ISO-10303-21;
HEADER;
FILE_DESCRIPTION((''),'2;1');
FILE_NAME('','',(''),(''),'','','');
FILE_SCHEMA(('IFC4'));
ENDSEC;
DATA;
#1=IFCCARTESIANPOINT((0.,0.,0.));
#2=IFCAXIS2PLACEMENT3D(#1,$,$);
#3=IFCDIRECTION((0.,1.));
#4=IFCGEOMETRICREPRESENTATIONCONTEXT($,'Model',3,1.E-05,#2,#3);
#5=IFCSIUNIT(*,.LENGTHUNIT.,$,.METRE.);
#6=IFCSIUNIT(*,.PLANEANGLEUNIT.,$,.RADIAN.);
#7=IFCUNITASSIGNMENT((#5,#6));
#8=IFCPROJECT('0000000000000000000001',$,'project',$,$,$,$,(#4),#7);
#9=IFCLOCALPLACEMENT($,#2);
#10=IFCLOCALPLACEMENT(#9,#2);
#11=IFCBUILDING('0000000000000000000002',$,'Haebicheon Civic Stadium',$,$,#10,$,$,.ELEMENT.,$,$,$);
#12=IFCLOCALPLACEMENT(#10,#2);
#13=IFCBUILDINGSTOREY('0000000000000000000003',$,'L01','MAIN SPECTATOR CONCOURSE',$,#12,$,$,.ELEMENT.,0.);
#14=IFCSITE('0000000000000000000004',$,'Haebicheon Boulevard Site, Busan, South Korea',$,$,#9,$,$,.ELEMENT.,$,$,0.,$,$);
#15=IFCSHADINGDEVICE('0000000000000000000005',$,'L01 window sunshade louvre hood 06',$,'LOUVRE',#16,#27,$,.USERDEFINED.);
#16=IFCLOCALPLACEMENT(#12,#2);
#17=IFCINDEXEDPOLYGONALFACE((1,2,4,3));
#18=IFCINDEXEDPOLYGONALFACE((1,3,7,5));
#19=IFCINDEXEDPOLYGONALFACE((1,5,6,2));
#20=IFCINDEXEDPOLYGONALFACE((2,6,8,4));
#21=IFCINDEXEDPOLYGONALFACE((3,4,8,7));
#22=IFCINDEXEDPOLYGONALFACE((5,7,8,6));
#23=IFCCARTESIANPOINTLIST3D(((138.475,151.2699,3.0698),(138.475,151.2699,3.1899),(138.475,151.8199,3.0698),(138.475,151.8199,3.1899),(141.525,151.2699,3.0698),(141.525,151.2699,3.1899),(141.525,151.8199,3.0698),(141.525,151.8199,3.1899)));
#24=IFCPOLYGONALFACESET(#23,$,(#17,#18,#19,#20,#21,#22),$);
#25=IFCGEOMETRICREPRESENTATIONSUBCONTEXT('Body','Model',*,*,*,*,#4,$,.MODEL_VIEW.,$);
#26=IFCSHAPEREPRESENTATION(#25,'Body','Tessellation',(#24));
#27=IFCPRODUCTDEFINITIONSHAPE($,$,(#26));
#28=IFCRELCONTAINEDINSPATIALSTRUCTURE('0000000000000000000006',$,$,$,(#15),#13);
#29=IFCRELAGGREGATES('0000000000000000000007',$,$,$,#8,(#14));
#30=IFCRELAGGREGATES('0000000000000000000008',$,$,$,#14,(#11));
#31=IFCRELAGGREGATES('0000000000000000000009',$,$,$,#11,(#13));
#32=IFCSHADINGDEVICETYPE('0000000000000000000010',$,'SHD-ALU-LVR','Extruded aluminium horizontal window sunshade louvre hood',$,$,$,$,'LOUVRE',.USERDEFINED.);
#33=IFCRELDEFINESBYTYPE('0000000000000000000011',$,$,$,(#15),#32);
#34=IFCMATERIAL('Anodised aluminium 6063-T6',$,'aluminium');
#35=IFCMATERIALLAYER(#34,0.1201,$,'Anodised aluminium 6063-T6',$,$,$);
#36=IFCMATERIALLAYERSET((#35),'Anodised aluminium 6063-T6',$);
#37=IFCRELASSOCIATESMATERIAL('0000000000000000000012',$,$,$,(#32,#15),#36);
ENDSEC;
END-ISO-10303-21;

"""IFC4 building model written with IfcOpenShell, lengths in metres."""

from ifc_helpers import new_model, si_unit, direction, frame, origin, origin_2d, place, context, subcontext, project, spatial, rectangle, extrude, material, layer, layer_set, type_object, element, save


model = new_model("IFC4")

# Units and contexts
model_context = context("Model", 3, precision=1e-05, world=origin(), true_north=direction((0.0, 1.0)))
body_context = subcontext(model_context, "Body", "Model", "MODEL_VIEW")
ifc_project = project(units=[si_unit("LENGTHUNIT", "METRE"), si_unit("PLANEANGLEUNIT", "RADIAN")], contexts=[model_context])

# Site, building, storey
site_placement = place(None, origin())
site = spatial("IfcSite", under=ifc_project, at=site_placement, Name="Haebicheon Boulevard Site, Busan, South Korea", CompositionType="ELEMENT", RefElevation=0.0)
building_placement = place(site_placement, origin())
building = spatial("IfcBuilding", under=site, at=building_placement, Name="Haebicheon Civic Stadium", CompositionType="ELEMENT")
storey_placement = place(building_placement, origin())
storey = spatial("IfcBuildingStorey", under=building, at=storey_placement, Name="L01", Description="MAIN SPECTATOR CONCOURSE", CompositionType="ELEMENT", Elevation=0.0)

# Shading device
ifc_material_1 = material(Name="Anodised aluminium 6063-T6", Category="aluminium")
ifc_layer_1 = layer(ifc_material_1, 0.1201, Name="Anodised aluminium 6063-T6")
ifc_layer_set_1 = layer_set([ifc_layer_1], Name="Anodised aluminium 6063-T6")
shading_device_type = type_object("IfcShadingDeviceType", Name="SHD-ALU-LVR", Description="Extruded aluminium horizontal window sunshade louvre hood", ElementType="LOUVRE", PredefinedType="USERDEFINED", material=ifc_layer_set_1)
shading_device_placement = place(storey_placement, frame((140.0, 151.5449, 3.0698), z_axis=(0.0, 0.0, 1.0), x_axis=(1.0, 0.0, 0.0)))
element("IfcShadingDevice", 1, at=shading_device_placement, inside=storey, type_object=shading_device_type, material=ifc_layer_set_1, Name="L01 window sunshade louvre hood 06", ObjectType="LOUVRE", PredefinedType="USERDEFINED", context=body_context, shape_type="SweptSolid", body=[
    extrude(rectangle(XDim=3.05, YDim=0.55, at=origin_2d()), origin(), (0.0, 0.0, 1.0), 0.1201),
])

save(model, "model.ifc")
